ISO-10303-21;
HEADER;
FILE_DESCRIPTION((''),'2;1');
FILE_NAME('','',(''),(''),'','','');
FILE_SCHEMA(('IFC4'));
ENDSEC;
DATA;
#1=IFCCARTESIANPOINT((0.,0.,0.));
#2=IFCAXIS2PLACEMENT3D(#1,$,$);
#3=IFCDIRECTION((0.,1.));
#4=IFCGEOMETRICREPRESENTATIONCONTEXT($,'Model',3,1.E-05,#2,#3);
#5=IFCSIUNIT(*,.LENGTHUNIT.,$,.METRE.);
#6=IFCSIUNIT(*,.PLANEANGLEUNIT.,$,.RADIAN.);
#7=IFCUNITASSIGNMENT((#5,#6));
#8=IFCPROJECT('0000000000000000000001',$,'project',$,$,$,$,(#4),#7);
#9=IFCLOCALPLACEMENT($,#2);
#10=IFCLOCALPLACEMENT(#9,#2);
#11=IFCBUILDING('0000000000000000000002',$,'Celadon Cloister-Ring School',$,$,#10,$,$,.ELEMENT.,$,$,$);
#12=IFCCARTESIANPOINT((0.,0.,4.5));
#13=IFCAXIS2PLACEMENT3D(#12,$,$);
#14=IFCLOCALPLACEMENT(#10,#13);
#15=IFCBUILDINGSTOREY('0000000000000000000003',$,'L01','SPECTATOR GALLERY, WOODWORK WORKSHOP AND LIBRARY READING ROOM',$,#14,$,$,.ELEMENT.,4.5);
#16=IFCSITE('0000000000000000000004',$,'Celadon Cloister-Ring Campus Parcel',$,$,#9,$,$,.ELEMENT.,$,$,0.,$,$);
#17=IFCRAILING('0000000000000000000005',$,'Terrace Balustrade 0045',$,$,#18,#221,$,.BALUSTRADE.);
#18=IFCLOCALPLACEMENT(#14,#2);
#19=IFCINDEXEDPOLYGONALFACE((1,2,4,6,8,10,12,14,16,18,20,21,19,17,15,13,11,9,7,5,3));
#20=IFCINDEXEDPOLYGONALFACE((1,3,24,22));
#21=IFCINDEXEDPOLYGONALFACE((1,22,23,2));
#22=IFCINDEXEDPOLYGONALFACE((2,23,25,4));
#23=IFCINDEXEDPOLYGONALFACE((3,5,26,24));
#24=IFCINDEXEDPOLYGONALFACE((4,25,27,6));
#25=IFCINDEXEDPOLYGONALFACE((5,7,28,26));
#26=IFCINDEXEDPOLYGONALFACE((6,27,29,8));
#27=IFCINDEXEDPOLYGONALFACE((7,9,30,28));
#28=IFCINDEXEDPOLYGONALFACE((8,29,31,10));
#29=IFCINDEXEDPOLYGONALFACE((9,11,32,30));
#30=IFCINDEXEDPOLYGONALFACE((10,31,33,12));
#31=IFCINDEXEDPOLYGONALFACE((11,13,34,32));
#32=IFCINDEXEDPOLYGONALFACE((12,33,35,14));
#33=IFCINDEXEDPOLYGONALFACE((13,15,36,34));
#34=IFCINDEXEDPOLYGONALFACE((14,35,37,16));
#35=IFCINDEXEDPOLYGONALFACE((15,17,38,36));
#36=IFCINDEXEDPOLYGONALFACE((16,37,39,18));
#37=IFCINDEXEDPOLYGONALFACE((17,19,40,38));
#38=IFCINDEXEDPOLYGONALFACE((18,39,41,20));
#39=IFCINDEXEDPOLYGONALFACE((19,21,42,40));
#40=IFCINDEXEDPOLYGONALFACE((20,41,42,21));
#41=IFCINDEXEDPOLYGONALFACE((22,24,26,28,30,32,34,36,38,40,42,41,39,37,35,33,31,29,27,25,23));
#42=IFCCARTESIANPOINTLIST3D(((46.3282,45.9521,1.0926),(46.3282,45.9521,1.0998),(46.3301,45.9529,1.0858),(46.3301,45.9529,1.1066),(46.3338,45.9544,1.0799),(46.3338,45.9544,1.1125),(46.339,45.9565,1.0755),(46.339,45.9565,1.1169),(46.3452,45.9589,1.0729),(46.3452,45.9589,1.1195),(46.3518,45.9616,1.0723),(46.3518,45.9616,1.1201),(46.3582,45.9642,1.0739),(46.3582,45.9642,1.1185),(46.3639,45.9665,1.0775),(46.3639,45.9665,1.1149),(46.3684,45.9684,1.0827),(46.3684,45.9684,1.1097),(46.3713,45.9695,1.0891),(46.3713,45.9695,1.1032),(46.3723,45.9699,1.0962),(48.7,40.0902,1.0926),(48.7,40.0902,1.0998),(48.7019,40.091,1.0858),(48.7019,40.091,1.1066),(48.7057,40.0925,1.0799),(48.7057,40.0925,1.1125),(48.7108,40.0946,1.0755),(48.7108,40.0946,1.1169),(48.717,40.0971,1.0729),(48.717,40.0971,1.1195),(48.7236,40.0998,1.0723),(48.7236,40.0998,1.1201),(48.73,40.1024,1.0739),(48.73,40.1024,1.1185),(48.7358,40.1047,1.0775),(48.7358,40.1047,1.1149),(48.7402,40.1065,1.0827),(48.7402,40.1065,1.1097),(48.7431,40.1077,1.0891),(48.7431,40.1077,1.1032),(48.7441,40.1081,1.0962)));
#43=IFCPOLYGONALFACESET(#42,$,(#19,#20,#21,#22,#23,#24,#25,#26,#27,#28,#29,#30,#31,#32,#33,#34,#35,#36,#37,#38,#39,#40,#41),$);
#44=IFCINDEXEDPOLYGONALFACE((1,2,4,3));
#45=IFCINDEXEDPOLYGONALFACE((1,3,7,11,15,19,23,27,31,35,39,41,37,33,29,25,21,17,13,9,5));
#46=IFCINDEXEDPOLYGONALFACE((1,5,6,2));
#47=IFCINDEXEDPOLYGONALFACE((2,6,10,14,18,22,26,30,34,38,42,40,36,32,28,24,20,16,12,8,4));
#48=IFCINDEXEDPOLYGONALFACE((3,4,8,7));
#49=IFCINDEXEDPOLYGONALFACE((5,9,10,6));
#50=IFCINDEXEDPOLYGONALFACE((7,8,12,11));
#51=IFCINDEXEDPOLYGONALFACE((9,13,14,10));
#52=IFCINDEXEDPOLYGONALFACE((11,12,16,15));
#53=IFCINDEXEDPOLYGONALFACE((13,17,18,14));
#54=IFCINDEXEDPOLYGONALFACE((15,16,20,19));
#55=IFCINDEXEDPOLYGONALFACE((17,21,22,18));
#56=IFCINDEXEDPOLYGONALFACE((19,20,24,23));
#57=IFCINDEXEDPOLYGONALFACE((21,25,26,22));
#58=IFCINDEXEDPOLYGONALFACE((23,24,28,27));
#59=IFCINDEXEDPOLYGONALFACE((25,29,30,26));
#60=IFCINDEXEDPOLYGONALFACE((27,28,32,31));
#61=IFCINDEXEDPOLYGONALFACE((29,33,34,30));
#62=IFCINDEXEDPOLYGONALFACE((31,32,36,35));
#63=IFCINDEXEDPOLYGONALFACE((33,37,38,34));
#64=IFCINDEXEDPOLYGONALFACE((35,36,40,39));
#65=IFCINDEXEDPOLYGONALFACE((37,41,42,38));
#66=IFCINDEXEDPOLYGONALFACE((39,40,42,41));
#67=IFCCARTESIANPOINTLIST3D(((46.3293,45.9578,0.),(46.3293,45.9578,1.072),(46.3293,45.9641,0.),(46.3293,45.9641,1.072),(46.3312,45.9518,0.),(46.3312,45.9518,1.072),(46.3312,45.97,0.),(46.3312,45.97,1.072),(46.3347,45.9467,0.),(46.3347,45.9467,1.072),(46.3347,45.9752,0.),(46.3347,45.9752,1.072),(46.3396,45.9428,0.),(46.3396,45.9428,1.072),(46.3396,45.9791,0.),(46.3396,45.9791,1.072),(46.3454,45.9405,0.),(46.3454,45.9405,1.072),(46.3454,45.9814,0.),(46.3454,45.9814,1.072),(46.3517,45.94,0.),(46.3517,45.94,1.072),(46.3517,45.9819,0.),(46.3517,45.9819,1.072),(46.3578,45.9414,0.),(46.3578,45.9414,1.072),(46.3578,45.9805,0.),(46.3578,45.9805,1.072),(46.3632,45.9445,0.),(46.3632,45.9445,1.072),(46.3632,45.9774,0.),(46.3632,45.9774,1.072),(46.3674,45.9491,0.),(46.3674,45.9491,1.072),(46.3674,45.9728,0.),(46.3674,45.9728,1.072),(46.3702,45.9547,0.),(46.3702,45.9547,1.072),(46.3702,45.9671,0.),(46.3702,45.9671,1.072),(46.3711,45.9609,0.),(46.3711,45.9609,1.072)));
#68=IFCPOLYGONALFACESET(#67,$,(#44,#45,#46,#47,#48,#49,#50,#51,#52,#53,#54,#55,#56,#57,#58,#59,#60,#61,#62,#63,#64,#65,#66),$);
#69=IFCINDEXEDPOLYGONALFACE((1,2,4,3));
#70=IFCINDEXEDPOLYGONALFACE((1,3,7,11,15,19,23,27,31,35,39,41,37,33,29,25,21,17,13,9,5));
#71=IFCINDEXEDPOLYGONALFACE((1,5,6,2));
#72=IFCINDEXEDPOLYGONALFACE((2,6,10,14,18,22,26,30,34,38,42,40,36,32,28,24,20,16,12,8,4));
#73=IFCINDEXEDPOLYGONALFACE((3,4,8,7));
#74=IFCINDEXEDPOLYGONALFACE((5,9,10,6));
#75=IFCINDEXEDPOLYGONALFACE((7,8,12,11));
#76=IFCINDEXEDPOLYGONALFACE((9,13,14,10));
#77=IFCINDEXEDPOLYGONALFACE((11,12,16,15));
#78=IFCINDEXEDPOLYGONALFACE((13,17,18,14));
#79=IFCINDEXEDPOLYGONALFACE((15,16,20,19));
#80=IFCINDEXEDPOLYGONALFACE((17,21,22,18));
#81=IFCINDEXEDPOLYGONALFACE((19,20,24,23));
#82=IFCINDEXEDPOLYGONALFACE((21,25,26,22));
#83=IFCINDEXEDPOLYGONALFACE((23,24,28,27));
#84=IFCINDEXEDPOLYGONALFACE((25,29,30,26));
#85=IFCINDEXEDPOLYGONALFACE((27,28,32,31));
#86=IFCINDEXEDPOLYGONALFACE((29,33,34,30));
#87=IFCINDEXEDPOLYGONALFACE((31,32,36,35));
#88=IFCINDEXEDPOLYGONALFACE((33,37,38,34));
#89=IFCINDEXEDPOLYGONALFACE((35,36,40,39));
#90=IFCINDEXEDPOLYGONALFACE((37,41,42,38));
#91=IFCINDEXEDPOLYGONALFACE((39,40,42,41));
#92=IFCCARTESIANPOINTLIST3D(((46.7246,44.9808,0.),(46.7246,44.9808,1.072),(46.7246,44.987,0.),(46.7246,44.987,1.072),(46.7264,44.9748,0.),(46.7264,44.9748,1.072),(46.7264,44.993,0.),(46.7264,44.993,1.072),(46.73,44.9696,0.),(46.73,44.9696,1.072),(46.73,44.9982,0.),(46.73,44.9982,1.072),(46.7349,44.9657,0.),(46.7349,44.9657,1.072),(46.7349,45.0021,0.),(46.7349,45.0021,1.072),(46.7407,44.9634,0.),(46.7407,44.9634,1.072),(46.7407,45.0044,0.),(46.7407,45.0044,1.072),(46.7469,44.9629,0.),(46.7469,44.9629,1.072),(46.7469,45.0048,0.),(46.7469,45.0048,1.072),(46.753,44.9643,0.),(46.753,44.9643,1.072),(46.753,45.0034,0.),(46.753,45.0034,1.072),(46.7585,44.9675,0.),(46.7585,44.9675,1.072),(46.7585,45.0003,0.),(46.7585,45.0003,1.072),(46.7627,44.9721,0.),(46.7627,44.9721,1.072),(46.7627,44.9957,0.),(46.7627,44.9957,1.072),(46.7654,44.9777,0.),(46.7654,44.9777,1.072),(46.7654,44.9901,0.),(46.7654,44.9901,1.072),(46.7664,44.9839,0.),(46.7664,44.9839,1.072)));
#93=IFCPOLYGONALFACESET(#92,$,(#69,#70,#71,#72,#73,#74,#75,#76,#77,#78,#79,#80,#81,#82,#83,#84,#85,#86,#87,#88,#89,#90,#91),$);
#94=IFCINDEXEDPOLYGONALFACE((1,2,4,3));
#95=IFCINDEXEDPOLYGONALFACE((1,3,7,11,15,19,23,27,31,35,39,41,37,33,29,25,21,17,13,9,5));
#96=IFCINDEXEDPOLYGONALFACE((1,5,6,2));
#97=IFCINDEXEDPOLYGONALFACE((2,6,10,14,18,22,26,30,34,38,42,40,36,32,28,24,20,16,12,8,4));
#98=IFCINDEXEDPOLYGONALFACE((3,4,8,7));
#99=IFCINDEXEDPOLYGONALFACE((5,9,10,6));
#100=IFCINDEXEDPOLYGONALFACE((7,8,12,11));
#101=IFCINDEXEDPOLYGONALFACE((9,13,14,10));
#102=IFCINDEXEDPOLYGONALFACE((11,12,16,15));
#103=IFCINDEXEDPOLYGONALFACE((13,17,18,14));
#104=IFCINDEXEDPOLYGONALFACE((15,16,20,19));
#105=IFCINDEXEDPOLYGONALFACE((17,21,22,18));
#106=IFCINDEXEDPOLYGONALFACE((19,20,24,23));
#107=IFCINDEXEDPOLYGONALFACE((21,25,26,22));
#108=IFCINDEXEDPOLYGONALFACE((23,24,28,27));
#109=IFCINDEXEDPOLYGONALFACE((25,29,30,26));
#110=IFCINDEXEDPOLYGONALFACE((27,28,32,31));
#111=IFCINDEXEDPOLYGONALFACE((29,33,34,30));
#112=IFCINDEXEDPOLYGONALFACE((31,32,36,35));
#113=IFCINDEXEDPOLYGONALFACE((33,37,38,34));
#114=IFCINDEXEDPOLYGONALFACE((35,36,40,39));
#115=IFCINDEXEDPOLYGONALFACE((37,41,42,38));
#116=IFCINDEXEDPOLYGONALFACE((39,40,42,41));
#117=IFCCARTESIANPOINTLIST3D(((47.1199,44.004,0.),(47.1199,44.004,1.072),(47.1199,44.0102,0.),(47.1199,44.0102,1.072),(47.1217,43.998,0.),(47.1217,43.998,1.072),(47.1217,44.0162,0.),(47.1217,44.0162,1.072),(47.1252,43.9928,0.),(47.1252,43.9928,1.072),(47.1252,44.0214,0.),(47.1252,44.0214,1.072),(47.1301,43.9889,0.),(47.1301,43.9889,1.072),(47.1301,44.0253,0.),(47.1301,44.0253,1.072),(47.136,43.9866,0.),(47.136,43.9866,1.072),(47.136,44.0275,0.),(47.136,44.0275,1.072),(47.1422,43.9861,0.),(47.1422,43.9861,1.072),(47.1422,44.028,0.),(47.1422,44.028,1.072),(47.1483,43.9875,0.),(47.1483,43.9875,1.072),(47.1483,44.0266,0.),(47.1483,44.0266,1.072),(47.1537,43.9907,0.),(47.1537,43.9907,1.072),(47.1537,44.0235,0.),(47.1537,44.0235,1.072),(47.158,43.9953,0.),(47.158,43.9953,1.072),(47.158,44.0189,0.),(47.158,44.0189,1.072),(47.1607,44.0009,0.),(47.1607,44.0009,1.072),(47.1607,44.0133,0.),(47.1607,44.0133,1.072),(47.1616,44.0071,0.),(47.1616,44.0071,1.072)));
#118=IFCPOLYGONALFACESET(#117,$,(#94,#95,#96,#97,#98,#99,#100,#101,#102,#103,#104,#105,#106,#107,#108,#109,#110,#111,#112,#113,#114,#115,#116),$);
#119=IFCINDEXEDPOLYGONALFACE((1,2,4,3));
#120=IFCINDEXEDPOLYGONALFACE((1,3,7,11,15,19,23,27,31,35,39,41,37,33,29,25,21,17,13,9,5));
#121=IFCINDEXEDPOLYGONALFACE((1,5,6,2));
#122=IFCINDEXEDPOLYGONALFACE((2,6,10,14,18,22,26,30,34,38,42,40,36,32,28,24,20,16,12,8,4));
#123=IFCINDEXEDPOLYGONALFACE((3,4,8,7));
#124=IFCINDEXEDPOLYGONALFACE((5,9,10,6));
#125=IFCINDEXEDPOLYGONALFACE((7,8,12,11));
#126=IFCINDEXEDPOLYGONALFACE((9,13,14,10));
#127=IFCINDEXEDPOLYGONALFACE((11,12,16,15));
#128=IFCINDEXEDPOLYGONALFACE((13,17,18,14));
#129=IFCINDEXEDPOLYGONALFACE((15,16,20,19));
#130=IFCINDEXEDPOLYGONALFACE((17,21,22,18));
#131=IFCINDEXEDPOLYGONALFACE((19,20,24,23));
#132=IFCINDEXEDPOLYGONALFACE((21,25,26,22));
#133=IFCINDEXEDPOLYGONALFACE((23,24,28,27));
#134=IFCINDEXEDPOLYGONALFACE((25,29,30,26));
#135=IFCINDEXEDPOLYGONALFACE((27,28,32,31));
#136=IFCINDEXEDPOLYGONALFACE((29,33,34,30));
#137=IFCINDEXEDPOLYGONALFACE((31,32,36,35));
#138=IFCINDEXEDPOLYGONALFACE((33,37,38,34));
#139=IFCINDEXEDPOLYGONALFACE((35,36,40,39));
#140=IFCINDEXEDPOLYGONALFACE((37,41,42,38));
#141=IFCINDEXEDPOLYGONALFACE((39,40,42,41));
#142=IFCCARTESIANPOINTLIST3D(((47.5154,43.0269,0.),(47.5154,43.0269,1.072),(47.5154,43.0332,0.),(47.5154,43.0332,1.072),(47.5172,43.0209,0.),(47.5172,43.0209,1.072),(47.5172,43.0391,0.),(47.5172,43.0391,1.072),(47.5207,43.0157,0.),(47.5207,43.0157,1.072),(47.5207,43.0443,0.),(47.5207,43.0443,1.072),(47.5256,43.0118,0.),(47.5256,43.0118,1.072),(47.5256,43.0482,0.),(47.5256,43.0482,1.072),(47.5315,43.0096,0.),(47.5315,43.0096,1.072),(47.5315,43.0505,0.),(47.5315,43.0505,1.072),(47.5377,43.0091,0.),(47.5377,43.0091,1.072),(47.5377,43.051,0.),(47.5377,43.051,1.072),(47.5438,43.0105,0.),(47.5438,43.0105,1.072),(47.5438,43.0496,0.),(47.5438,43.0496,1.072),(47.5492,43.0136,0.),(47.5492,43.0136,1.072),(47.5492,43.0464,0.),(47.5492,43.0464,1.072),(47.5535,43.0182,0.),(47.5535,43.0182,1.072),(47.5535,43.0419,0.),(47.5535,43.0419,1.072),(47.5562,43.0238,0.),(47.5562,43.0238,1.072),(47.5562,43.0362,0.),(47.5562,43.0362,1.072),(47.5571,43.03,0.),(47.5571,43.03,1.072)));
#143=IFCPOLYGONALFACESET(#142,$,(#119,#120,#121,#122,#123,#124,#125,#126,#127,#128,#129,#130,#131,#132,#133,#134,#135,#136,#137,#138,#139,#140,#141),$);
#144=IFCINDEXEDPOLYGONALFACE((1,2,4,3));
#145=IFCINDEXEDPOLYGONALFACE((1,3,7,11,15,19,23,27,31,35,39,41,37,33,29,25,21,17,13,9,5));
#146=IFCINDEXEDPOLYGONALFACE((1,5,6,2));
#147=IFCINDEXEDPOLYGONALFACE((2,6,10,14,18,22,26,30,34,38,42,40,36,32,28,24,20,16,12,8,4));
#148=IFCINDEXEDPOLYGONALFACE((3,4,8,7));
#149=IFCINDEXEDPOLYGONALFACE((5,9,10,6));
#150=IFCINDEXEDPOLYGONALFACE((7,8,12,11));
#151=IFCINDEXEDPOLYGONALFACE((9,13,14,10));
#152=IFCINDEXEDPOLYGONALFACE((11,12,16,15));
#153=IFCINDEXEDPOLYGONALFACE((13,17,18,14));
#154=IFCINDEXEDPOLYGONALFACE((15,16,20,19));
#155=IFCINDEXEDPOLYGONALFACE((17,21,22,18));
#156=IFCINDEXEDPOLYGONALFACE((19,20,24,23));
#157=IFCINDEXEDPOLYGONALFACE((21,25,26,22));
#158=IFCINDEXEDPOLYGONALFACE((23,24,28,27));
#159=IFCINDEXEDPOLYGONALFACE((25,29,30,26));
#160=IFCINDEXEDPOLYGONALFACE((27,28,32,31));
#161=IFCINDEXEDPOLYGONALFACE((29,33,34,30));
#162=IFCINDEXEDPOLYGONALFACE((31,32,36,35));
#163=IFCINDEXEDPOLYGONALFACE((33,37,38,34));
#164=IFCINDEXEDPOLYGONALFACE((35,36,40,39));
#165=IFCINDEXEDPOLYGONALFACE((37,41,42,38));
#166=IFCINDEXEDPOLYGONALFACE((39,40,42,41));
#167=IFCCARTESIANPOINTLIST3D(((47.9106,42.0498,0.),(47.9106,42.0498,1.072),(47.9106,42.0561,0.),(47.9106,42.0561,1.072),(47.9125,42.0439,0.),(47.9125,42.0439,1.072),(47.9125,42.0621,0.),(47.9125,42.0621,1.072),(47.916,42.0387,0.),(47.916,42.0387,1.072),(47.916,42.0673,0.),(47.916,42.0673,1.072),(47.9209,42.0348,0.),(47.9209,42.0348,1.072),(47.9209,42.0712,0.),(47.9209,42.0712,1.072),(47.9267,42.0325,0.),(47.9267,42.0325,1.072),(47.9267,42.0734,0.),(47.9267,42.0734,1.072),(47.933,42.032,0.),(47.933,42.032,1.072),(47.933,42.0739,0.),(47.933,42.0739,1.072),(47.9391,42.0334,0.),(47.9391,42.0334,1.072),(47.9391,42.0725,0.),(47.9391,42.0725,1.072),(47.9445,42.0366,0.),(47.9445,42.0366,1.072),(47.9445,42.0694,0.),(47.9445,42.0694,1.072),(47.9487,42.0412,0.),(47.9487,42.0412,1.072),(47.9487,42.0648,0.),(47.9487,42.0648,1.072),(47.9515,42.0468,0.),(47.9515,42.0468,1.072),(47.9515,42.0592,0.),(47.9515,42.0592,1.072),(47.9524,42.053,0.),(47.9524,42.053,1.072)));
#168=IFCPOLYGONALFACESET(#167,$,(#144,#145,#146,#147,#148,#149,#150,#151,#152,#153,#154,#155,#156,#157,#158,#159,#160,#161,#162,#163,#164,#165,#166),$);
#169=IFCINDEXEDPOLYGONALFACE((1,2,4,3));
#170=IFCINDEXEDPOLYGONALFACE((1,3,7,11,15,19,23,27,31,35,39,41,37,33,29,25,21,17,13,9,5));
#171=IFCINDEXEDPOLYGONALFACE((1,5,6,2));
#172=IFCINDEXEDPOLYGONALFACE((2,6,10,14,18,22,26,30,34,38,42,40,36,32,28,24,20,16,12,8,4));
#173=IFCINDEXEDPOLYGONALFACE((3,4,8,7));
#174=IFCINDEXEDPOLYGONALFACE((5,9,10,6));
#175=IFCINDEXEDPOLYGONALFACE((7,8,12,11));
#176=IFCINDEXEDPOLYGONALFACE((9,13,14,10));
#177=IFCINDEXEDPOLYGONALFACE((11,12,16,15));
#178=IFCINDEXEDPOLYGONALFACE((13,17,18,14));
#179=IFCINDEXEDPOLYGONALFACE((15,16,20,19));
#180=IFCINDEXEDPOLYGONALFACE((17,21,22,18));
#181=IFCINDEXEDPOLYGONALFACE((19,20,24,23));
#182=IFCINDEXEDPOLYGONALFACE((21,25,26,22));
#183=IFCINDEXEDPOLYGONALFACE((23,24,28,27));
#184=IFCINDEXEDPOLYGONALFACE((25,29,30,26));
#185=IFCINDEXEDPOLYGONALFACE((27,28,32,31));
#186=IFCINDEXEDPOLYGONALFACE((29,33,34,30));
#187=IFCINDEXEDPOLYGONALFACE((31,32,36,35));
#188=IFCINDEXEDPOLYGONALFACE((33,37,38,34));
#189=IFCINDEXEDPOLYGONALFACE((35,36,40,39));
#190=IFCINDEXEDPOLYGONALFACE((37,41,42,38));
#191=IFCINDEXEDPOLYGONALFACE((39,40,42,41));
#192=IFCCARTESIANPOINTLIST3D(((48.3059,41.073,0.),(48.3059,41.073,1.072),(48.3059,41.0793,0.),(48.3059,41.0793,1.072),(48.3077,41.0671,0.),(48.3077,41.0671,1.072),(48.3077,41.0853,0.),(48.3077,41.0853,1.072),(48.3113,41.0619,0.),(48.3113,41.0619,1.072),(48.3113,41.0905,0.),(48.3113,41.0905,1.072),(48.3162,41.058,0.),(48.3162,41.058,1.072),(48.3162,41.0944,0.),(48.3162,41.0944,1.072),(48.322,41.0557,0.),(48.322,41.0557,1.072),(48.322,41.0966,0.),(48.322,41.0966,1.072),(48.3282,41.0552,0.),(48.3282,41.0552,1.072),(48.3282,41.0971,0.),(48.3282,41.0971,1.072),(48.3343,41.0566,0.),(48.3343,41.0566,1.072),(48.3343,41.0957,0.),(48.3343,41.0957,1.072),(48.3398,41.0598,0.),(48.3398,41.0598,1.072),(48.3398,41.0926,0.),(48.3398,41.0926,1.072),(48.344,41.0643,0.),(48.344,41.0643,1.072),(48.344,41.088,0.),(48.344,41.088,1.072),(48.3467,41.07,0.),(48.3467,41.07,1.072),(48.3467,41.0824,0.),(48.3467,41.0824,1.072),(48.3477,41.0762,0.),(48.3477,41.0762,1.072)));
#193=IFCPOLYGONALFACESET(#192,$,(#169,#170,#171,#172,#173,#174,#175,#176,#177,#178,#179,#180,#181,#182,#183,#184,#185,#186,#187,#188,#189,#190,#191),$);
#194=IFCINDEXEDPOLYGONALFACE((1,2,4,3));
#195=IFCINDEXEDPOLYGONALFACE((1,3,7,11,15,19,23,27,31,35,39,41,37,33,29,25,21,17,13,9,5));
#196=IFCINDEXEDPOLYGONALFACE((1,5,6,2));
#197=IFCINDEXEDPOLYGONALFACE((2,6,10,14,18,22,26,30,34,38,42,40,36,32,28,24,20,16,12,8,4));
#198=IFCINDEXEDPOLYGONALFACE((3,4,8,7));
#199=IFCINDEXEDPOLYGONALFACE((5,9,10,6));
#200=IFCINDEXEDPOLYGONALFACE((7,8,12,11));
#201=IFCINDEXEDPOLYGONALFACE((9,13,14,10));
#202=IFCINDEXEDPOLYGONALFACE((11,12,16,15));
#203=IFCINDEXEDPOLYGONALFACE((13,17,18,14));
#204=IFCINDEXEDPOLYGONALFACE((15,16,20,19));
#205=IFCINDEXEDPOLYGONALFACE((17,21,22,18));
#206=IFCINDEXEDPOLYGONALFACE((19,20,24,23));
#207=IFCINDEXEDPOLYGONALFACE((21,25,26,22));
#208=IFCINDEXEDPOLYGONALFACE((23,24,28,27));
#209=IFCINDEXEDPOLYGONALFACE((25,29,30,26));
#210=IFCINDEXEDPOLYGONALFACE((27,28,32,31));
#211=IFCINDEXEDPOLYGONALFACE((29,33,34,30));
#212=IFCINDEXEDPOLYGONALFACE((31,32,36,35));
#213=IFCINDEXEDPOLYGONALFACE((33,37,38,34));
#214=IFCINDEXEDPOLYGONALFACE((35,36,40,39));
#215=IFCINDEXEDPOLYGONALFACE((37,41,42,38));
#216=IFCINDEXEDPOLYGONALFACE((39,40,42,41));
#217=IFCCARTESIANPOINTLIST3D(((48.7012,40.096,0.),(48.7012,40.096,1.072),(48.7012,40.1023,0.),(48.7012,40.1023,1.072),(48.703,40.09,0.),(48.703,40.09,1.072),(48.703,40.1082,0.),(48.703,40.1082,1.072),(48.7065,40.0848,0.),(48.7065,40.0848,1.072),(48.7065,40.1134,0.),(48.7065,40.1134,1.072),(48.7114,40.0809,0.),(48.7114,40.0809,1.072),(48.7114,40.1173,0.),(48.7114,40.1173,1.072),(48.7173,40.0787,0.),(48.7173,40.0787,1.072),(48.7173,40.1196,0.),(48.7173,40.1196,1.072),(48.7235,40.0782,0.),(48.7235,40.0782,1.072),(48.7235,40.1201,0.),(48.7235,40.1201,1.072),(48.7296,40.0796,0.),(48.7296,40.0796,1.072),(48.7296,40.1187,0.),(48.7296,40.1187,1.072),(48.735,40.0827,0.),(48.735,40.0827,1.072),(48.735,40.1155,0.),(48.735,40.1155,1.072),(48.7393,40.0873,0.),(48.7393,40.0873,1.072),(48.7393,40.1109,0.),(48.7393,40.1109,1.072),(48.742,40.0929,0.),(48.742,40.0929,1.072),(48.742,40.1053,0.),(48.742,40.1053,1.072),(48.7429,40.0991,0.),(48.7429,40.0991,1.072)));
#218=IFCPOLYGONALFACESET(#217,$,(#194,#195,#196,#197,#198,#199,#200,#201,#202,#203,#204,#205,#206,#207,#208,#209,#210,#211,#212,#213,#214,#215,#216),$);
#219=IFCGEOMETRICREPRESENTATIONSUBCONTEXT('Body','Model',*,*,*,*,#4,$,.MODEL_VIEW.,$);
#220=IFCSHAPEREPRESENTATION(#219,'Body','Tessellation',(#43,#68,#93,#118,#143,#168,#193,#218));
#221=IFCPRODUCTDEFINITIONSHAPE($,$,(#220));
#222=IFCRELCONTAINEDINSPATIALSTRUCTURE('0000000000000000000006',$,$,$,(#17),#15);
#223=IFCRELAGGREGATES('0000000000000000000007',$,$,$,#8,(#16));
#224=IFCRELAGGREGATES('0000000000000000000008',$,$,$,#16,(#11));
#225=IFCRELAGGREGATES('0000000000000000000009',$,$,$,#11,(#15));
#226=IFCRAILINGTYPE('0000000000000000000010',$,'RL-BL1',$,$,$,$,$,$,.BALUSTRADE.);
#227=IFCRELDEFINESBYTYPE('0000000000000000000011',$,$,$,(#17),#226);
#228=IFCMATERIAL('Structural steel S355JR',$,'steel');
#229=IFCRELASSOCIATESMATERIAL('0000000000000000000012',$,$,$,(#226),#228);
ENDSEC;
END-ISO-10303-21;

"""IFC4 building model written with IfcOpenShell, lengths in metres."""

from ifc_helpers import new_model, si_unit, direction, frame, origin, origin_2d, place, context, subcontext, project, spatial, circle, extrude, material, type_object, element, save


model = new_model("IFC4")

# Units and contexts
model_context = context("Model", 3, precision=1e-05, world=origin(), true_north=direction((0.0, 1.0)))
body_context = subcontext(model_context, "Body", "Model", "MODEL_VIEW")
ifc_project = project(units=[si_unit("LENGTHUNIT", "METRE"), si_unit("PLANEANGLEUNIT", "RADIAN")], contexts=[model_context])

# Site, building, storey
site_placement = place(None, origin())
site = spatial("IfcSite", under=ifc_project, at=site_placement, Name="Celadon Cloister-Ring Campus Parcel", CompositionType="ELEMENT", RefElevation=0.0)
building_placement = place(site_placement, origin())
building = spatial("IfcBuilding", under=site, at=building_placement, Name="Celadon Cloister-Ring School", CompositionType="ELEMENT")
storey_placement = place(building_placement, frame((0.0, 0.0, 4.5)))
storey = spatial("IfcBuildingStorey", under=building, at=storey_placement, Name="L01", Description="SPECTATOR GALLERY, WOODWORK WORKSHOP AND LIBRARY READING ROOM", CompositionType="ELEMENT", Elevation=4.5)

# Railing
ifc_material_1 = material(Name="Structural steel S355JR", Category="steel")
railing_type = type_object("IfcRailingType", Name="RL-BL1", PredefinedType="BALUSTRADE", material=ifc_material_1)
railing_1_placement = place(storey_placement, frame((46.3501, 45.9609, 0.0)))
element("IfcRailing", 1, at=railing_1_placement, inside=storey, type_object=railing_type, Name="Terrace Balustrade 0045", PredefinedType="BALUSTRADE", context=body_context, shape_type="SweptSolid", body=[
    extrude(circle(Radius=0.0239, at=origin_2d()), frame((0.0, 0.0, 1.0962), z_axis=(0.375082, -0.926992, 0.0), x_axis=(0.926992, 0.375082, 0.0)), (0.0, 0.0, 1.0), 6.3235),
    extrude(circle(Radius=0.021, at=origin_2d()), origin(), (0.0, 0.0, 1.0), 1.072),
    extrude(circle(Radius=0.021, at=origin_2d()), frame((0.3953, -0.9771, 0.0)), (0.0, 0.0, 1.0), 1.072),
    extrude(circle(Radius=0.021, at=origin_2d()), frame((0.7905, -1.9539, 0.0)), (0.0, 0.0, 1.0), 1.072),
    extrude(circle(Radius=0.021, at=origin_2d()), frame((1.186, -2.9309, 0.0)), (0.0, 0.0, 1.0), 1.072),
    extrude(circle(Radius=0.021, at=origin_2d()), frame((1.5813, -3.908, 0.0)), (0.0, 0.0, 1.0), 1.072),
    extrude(circle(Radius=0.021, at=origin_2d()), frame((1.9766, -4.8848, 0.0)), (0.0, 0.0, 1.0), 1.072),
    extrude(circle(Radius=0.021, at=origin_2d()), frame((2.3718, -5.8618, 0.0)), (0.0, 0.0, 1.0), 1.072),
])

save(model, "model.ifc")
